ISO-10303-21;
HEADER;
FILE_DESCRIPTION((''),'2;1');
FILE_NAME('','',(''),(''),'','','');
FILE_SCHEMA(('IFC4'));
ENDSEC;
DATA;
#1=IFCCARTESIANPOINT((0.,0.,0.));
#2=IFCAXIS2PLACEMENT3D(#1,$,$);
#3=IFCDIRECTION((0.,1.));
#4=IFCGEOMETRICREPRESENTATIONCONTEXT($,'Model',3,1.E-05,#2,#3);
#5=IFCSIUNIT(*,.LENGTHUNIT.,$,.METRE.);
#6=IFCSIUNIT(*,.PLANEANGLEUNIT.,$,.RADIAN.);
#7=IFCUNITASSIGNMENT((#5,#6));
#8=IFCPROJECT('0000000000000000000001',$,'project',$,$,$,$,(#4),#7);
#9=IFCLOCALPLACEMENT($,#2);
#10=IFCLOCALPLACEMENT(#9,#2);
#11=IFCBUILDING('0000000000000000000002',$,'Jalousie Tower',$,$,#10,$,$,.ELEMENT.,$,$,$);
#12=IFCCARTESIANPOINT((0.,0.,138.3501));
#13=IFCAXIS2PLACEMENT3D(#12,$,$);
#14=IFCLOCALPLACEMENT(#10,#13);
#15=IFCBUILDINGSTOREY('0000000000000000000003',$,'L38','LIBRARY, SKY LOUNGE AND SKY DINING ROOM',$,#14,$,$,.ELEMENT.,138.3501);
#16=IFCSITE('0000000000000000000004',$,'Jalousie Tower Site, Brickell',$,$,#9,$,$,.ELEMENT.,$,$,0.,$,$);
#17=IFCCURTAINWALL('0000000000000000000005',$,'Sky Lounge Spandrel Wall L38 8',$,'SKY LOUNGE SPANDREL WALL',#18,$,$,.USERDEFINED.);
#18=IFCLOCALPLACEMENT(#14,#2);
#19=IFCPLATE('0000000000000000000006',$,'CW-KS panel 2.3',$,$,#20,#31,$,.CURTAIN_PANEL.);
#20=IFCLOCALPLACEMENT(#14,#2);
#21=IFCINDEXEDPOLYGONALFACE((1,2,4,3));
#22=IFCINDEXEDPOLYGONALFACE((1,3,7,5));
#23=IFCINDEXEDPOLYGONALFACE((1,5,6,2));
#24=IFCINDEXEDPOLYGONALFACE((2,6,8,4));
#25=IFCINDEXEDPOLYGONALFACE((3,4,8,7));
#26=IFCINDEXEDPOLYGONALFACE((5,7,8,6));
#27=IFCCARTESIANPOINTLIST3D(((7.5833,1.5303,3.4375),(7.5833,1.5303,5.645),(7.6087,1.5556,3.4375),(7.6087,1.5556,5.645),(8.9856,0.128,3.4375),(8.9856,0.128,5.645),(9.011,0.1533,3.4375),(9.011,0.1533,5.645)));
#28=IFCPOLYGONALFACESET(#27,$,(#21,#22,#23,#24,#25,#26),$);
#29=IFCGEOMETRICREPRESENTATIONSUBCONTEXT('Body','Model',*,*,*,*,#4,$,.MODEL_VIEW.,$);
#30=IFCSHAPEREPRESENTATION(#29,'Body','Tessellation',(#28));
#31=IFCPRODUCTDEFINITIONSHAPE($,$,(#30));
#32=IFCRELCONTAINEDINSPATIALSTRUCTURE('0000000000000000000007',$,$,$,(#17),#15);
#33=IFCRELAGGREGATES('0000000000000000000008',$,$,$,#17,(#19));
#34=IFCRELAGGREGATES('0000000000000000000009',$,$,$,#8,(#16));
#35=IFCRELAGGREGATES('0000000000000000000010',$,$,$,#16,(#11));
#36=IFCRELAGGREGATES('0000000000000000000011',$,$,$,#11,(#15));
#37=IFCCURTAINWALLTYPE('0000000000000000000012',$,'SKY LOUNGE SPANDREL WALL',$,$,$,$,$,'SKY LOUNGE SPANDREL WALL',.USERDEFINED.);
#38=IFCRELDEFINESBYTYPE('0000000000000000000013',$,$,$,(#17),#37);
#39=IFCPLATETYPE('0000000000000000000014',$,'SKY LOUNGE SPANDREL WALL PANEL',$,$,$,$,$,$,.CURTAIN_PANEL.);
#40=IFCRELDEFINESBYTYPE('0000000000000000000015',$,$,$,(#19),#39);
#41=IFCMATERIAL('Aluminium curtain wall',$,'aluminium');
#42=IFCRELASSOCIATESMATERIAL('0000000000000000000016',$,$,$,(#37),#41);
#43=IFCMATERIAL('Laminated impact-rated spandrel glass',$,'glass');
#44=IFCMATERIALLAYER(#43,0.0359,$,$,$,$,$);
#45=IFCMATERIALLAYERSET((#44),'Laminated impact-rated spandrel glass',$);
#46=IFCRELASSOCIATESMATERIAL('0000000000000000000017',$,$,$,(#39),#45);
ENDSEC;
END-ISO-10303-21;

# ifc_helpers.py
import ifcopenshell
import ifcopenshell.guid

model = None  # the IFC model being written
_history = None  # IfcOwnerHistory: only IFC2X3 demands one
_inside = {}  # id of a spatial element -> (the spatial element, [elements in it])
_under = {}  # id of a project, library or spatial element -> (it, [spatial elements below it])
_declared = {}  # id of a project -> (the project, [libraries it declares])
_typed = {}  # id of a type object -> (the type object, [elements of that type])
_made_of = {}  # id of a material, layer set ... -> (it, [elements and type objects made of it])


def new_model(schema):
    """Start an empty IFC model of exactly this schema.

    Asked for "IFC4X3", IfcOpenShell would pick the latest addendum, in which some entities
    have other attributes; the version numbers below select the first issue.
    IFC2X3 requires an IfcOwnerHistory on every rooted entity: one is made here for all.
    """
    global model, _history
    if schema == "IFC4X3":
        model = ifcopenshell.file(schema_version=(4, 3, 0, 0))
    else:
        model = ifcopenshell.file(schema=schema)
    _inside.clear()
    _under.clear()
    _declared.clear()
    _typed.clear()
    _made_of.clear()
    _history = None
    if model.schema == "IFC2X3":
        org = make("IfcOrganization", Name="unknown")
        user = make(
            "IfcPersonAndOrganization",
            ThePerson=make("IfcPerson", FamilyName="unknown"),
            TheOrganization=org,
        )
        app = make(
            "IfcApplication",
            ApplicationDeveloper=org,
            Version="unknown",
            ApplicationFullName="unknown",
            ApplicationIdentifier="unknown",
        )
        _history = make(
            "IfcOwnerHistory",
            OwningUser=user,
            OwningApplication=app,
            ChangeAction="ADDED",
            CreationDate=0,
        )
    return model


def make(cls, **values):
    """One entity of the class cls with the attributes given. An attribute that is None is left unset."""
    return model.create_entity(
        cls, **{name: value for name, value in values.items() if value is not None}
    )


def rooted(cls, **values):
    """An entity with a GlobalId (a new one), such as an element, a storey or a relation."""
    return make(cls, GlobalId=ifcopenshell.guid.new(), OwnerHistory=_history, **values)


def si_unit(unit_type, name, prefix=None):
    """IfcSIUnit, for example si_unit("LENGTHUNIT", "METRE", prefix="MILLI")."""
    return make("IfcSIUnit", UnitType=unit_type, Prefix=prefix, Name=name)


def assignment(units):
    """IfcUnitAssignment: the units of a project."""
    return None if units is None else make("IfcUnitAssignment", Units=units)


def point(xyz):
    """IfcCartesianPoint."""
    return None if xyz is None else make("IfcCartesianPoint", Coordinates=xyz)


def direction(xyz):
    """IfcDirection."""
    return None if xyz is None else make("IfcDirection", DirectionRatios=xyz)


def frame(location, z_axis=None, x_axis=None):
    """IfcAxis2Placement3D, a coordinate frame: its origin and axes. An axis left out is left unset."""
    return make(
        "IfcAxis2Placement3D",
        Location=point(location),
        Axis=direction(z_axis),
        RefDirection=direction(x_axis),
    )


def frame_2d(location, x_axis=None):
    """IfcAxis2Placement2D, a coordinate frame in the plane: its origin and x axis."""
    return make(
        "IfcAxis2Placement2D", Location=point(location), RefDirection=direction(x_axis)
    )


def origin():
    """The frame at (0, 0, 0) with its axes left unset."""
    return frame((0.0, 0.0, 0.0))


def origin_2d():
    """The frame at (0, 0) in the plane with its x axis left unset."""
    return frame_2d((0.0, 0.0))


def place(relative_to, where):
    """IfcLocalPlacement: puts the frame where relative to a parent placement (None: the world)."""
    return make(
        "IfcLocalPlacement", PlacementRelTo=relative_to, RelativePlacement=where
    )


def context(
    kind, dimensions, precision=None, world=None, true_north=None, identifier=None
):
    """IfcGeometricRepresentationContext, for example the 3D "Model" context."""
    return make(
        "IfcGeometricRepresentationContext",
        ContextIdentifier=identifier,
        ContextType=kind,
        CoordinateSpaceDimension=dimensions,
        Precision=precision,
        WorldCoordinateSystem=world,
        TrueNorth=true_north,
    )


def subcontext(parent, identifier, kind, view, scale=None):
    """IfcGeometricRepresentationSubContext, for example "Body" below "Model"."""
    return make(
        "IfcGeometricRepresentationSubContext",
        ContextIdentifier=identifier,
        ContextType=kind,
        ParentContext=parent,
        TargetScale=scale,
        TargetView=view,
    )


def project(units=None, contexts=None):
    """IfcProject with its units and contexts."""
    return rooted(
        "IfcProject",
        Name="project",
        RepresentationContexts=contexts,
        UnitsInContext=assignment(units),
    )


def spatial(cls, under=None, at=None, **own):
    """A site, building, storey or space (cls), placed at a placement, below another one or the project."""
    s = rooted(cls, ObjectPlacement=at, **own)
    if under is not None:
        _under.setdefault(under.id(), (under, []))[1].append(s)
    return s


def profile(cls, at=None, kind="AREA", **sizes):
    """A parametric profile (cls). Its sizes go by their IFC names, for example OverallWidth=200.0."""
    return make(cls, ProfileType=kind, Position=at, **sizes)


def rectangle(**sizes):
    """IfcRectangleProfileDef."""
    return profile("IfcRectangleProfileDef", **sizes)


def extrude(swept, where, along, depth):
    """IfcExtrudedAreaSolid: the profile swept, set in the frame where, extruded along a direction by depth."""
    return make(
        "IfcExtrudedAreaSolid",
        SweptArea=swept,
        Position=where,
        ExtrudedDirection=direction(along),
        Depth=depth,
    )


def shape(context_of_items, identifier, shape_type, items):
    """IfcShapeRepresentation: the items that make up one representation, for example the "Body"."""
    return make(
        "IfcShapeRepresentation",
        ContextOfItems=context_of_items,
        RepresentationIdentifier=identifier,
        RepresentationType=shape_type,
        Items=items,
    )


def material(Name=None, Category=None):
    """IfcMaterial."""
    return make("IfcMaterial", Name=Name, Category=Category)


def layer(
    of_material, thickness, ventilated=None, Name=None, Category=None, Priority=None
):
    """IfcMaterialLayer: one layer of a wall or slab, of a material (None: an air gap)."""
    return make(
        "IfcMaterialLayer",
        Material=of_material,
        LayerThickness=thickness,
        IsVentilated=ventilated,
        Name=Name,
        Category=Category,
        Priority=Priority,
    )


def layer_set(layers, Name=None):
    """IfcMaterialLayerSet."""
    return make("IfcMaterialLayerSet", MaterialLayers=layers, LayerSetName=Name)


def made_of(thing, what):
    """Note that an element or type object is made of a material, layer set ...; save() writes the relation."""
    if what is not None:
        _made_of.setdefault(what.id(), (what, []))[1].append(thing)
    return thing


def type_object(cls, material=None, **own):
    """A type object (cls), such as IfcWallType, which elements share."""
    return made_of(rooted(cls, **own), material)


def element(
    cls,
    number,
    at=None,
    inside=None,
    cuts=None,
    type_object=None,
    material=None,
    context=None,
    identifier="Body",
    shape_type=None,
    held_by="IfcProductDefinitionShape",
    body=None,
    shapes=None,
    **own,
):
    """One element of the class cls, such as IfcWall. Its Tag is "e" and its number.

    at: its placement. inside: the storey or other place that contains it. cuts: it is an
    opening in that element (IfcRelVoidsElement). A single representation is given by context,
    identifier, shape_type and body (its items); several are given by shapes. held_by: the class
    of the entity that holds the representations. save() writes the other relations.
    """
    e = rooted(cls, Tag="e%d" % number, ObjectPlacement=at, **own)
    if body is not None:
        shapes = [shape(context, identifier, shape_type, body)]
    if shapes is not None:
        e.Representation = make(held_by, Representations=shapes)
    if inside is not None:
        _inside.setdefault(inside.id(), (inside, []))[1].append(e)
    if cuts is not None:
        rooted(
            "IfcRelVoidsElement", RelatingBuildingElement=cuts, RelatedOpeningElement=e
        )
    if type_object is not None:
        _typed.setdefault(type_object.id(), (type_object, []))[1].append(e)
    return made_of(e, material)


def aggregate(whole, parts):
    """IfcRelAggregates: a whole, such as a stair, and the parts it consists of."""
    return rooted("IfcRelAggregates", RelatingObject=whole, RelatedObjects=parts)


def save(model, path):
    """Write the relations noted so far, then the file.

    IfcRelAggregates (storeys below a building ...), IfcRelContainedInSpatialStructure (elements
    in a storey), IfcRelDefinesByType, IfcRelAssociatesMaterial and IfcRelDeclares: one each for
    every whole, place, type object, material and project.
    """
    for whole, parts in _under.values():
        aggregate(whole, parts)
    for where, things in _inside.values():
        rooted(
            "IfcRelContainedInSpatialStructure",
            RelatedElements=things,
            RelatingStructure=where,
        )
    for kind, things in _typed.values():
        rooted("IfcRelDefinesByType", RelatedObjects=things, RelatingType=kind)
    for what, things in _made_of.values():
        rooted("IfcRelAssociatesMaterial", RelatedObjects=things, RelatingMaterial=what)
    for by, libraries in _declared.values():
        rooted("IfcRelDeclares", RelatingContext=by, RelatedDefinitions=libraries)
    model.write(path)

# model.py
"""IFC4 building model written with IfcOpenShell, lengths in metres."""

from ifc_helpers import new_model, si_unit, direction, frame, origin, origin_2d, place, context, subcontext, project, spatial, rectangle, extrude, material, layer, layer_set, type_object, element, aggregate, save


model = new_model("IFC4")

# Units and contexts
model_context = context("Model", 3, precision=1e-05, world=origin(), true_north=direction((0.0, 1.0)))
body_context = subcontext(model_context, "Body", "Model", "MODEL_VIEW")
ifc_project = project(units=[si_unit("LENGTHUNIT", "METRE"), si_unit("PLANEANGLEUNIT", "RADIAN")], contexts=[model_context])

# Site, building, storey
site_placement = place(None, origin())
site = spatial("IfcSite", under=ifc_project, at=site_placement, Name="Jalousie Tower Site, Brickell", CompositionType="ELEMENT", RefElevation=0.0)
building_placement = place(site_placement, origin())
building = spatial("IfcBuilding", under=site, at=building_placement, Name="Jalousie Tower", CompositionType="ELEMENT")
storey_placement = place(building_placement, frame((0.0, 0.0, 138.3501)))
storey = spatial("IfcBuildingStorey", under=building, at=storey_placement, Name="L38", Description="LIBRARY, SKY LOUNGE AND SKY DINING ROOM", CompositionType="ELEMENT", Elevation=138.3501)

# Shared definitions
ifc_material_1 = material(Name="Aluminium curtain wall", Category="aluminium")
curtain_wall_type = type_object("IfcCurtainWallType", Name="SKY LOUNGE SPANDREL WALL", ElementType="SKY LOUNGE SPANDREL WALL", PredefinedType="USERDEFINED", material=ifc_material_1)

# Curtain wall
curtain_wall_1_placement = place(storey_placement, origin())
curtain_wall_1 = element("IfcCurtainWall", 1, at=curtain_wall_1_placement, inside=storey, type_object=curtain_wall_type, Name="Sky Lounge Spandrel Wall L38 8", ObjectType="SKY LOUNGE SPANDREL WALL", PredefinedType="USERDEFINED")

# Plate
ifc_material_2 = material(Name="Laminated impact-rated spandrel glass", Category="glass")
ifc_layer = layer(ifc_material_2, 0.0359)
ifc_layer_set = layer_set([ifc_layer], Name="Laminated impact-rated spandrel glass")
plate_type = type_object("IfcPlateType", Name="SKY LOUNGE SPANDREL WALL PANEL", PredefinedType="CURTAIN_PANEL", material=ifc_layer_set)
plate_1_placement = place(storey_placement, frame((8.2971, 0.8418, 3.4375), z_axis=(0.0, 0.0, 1.0), x_axis=(0.707107, -0.707107, 0.0)))
plate_1 = element("IfcPlate", 2, at=plate_1_placement, type_object=plate_type, Name="CW-KS panel 2.3", PredefinedType="CURTAIN_PANEL", context=body_context, shape_type="SweptSolid", body=[
    extrude(rectangle(XDim=1.9832, YDim=0.0359, at=origin_2d()), origin(), (0.0, 0.0, 1.0), 2.2075),
])
aggregate(curtain_wall_1, [plate_1])

save(model, "model.ifc")
